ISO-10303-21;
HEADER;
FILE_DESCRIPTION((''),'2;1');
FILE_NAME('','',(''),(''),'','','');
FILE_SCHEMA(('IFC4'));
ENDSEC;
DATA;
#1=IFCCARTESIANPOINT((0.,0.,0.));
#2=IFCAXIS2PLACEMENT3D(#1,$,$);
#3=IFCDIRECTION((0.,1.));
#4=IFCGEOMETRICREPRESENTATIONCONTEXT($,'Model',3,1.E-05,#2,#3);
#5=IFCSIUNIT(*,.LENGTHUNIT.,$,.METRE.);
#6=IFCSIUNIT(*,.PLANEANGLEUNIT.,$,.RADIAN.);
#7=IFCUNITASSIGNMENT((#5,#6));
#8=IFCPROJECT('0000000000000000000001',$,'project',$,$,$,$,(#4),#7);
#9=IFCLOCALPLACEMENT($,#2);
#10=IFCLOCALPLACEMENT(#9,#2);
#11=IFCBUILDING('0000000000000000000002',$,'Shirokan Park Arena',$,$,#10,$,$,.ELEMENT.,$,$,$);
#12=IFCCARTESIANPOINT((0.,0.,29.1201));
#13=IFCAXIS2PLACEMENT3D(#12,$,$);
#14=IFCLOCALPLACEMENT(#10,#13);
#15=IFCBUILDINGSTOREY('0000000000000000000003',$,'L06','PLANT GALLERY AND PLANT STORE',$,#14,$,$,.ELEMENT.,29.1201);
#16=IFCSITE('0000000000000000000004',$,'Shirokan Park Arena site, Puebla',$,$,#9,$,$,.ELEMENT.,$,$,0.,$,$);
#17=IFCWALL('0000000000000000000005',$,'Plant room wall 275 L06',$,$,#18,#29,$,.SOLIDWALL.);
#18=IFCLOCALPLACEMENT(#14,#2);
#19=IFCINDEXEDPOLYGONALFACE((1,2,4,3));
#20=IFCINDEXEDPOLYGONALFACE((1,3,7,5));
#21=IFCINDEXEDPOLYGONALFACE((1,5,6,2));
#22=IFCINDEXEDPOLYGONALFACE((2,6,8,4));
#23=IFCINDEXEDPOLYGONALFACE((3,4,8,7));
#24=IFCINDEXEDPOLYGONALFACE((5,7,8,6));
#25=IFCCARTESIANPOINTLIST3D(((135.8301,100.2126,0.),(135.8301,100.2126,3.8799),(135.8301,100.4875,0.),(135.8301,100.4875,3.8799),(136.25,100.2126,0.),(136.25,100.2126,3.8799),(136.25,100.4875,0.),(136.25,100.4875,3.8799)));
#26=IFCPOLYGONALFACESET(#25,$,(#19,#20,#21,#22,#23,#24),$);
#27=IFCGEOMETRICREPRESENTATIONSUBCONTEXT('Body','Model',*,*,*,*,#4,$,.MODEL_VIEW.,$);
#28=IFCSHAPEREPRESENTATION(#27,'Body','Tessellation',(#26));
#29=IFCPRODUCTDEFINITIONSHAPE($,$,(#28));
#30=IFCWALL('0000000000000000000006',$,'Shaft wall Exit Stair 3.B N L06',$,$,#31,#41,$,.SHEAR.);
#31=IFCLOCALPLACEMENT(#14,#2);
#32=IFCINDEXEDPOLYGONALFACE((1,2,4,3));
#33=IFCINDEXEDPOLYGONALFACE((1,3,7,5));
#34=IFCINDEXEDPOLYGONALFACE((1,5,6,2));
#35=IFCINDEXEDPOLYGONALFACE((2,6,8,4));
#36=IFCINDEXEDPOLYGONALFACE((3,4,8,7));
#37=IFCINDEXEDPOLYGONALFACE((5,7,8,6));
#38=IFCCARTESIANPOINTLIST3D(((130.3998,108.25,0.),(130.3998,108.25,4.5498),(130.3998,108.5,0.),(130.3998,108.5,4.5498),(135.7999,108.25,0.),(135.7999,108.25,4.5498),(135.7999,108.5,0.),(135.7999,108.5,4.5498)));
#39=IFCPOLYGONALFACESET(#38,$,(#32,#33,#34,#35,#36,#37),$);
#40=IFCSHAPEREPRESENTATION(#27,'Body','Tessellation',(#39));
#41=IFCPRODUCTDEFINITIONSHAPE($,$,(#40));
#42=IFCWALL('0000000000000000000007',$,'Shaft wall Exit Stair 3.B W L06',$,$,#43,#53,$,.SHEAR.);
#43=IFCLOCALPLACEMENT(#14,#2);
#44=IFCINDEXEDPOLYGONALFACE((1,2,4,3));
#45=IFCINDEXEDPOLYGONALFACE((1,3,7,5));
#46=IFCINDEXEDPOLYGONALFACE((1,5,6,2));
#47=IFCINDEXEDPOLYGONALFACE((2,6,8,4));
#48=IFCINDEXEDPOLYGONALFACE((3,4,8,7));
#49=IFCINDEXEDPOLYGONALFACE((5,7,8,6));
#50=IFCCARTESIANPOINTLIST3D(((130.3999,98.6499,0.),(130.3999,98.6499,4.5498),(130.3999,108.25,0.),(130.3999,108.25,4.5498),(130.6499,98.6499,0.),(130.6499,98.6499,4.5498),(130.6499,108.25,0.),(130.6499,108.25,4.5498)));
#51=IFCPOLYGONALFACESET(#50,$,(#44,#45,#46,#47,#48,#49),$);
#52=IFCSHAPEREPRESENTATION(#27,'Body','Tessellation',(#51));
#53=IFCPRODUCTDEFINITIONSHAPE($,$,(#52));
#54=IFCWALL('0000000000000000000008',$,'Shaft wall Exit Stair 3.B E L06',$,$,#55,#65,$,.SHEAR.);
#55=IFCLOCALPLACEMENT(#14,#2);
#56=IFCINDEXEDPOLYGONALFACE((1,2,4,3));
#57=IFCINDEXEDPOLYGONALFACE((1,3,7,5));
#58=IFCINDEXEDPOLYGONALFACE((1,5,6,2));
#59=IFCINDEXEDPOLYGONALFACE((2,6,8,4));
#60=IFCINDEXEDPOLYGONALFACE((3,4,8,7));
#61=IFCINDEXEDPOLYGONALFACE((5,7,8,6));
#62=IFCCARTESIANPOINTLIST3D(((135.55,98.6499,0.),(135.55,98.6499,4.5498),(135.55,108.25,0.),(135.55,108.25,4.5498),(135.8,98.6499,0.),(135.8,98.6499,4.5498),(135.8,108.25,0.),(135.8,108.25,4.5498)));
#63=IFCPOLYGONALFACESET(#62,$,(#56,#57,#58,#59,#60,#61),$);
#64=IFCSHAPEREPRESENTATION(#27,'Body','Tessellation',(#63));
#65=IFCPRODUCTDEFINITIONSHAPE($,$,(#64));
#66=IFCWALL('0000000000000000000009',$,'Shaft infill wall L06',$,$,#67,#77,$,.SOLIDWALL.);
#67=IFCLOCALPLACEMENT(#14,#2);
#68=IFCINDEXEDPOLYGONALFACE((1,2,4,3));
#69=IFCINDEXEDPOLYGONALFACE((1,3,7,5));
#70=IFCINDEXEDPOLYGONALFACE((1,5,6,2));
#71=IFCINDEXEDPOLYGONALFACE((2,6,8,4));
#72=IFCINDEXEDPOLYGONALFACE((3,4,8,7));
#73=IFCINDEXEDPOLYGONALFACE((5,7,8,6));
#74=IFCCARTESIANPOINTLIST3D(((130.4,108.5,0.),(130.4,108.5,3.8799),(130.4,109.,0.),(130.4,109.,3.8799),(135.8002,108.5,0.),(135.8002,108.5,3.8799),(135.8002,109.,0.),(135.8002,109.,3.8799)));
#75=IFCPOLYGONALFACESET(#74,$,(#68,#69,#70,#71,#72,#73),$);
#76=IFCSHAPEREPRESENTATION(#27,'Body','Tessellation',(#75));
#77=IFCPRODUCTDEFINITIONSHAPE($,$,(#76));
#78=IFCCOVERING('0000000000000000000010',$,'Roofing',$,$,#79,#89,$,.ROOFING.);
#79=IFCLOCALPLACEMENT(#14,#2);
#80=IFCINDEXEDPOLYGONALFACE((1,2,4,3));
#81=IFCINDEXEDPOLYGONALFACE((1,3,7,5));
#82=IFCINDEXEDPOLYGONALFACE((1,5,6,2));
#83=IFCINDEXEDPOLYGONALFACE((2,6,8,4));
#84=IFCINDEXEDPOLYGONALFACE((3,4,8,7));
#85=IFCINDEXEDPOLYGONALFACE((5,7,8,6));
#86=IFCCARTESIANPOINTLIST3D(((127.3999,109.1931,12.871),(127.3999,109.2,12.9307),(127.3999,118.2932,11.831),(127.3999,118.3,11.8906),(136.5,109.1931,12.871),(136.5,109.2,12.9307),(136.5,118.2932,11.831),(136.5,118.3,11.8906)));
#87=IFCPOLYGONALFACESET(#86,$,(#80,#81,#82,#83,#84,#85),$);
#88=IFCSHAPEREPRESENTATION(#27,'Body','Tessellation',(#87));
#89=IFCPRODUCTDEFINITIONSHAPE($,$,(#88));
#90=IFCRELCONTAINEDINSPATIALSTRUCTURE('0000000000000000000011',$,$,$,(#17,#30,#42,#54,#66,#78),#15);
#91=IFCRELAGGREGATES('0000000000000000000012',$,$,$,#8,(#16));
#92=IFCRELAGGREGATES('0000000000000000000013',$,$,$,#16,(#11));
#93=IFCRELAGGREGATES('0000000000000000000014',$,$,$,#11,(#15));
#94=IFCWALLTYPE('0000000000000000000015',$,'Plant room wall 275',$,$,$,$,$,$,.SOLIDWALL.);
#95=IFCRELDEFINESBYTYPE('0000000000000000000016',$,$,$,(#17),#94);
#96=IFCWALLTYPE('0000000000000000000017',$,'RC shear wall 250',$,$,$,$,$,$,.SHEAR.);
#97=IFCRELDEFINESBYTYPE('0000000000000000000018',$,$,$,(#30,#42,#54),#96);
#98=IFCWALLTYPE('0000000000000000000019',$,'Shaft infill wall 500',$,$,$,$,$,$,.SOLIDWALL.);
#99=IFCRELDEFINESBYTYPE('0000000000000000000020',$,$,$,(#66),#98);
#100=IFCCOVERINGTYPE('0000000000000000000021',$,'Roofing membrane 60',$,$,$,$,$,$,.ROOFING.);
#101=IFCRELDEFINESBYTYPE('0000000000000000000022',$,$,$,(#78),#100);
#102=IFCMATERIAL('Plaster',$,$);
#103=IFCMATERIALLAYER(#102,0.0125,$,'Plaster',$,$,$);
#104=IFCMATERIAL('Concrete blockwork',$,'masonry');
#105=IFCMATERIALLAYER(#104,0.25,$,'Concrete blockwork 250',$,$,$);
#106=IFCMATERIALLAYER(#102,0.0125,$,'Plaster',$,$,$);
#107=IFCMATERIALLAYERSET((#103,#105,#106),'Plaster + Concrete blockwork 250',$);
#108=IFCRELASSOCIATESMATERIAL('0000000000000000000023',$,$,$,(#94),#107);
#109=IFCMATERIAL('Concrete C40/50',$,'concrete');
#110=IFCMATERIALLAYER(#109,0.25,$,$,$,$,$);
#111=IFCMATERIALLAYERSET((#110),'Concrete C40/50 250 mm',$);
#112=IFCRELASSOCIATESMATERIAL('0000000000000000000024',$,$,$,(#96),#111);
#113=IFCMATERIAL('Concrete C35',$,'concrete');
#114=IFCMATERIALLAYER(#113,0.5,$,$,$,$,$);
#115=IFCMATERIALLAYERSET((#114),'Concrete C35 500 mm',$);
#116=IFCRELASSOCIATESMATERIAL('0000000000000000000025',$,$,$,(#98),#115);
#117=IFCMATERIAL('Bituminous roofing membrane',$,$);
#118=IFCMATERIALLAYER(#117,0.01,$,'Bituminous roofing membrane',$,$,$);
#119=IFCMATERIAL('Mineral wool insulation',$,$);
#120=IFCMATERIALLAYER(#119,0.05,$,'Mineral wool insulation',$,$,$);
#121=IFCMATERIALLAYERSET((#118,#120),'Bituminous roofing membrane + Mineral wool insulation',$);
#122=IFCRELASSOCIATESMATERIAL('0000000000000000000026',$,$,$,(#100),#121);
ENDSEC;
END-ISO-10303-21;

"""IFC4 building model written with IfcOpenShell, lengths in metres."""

from ifc_helpers import new_model, si_unit, direction, frame, frame_2d, origin, place, context, subcontext, project, spatial, polyline, rectangle, outline, extrude, material, layer, layer_set, type_object, element, save


model = new_model("IFC4")

# Units and contexts
model_context = context("Model", 3, precision=1e-05, world=origin(), true_north=direction((0.0, 1.0)))
body_context = subcontext(model_context, "Body", "Model", "MODEL_VIEW")
ifc_project = project(units=[si_unit("LENGTHUNIT", "METRE"), si_unit("PLANEANGLEUNIT", "RADIAN")], contexts=[model_context])

# Site, building, storey
site_placement = place(None, origin())
site = spatial("IfcSite", under=ifc_project, at=site_placement, Name="Shirokan Park Arena site, Puebla", CompositionType="ELEMENT", RefElevation=0.0)
building_placement = place(site_placement, origin())
building = spatial("IfcBuilding", under=site, at=building_placement, Name="Shirokan Park Arena", CompositionType="ELEMENT")
storey_placement = place(building_placement, frame((0.0, 0.0, 29.1201)))
storey = spatial("IfcBuildingStorey", under=building, at=storey_placement, Name="L06", Description="PLANT GALLERY AND PLANT STORE", CompositionType="ELEMENT", Elevation=29.1201)

# Shared definitions
ifc_material_1 = material(Name="Concrete C35", Category="concrete")

# Walls
ifc_material_2 = material(Name="Mineral wool insulation")
ifc_material_3 = material(Name="Plaster")
ifc_layer_1 = layer(ifc_material_3, 0.0125, Name="Plaster")
ifc_material_4 = material(Name="Concrete blockwork", Category="masonry")
ifc_layer_2 = layer(ifc_material_4, 0.25, Name="Concrete blockwork 250")
ifc_layer_3 = layer(ifc_material_3, 0.0125, Name="Plaster")
ifc_layer_set_1 = layer_set([ifc_layer_1, ifc_layer_2, ifc_layer_3], Name="Plaster + Concrete blockwork 250")
wall_type_1 = type_object("IfcWallType", Name="Plant room wall 275", PredefinedType="SOLIDWALL", material=ifc_layer_set_1)
wall_1_placement = place(storey_placement, frame((136.25, 100.3501, 0.0), z_axis=(0.0, 0.0, 1.0), x_axis=(-1.0, 0.0, 0.0)))
element("IfcWall", 1, at=wall_1_placement, inside=storey, type_object=wall_type_1, Name="Plant room wall 275 L06", PredefinedType="SOLIDWALL", context=body_context, shape_type="SweptSolid", body=[
    extrude(rectangle(XDim=0.4199, YDim=0.2749, at=frame_2d((0.21, 0.0))), origin(), (0.0, 0.0, 1.0), 3.8799),
])
ifc_material_5 = material(Name="Concrete C40/50", Category="concrete")
ifc_layer_4 = layer(ifc_material_5, 0.25)
ifc_layer_set_2 = layer_set([ifc_layer_4], Name="Concrete C40/50 250 mm")
wall_type_2 = type_object("IfcWallType", Name="RC shear wall 250", PredefinedType="SHEAR", material=ifc_layer_set_2)
wall_2_placement = place(storey_placement, frame((135.8, 108.375, 0.0), z_axis=(0.0, 0.0, 1.0), x_axis=(-1.0, 0.0, 0.0)))
element("IfcWall", 2, at=wall_2_placement, inside=storey, type_object=wall_type_2, Name="Shaft wall Exit Stair 3.B N L06", PredefinedType="SHEAR", context=body_context, shape_type="SweptSolid", body=[
    extrude(rectangle(XDim=5.4001, YDim=0.25, at=frame_2d((2.7002, 0.0))), origin(), (0.0, 0.0, 1.0), 4.5498),
])
for number, where, z_axis, x_axis, name in (
    (3, (130.5249, 108.25, 0.0), (0.0, 0.0, 1.0), (0.0, -1.0, 0.0), "Shaft wall Exit Stair 3.B W L06"),
    (4, (135.675, 108.25, 0.0), (0.0, 0.0, 1.0), (0.0, -1.0, 0.0), "Shaft wall Exit Stair 3.B E L06"),
):
    element("IfcWall", number, at=place(storey_placement, frame(where, z_axis=z_axis, x_axis=x_axis)), inside=storey, type_object=wall_type_2, Name=name, PredefinedType="SHEAR", context=body_context, shape_type="SweptSolid", body=[
        extrude(rectangle(XDim=9.6001, YDim=0.25, at=frame_2d((4.8, 0.0))), origin(), (0.0, 0.0, 1.0), 4.5498),
    ])
ifc_layer_5 = layer(ifc_material_1, 0.5)
ifc_layer_set_3 = layer_set([ifc_layer_5], Name="Concrete C35 500 mm")
wall_type_3 = type_object("IfcWallType", Name="Shaft infill wall 500", PredefinedType="SOLIDWALL", material=ifc_layer_set_3)
wall_3_placement = place(storey_placement, frame((130.3999, 108.75, 0.0), z_axis=(0.0, 0.0, 1.0), x_axis=(1.0, 0.0, 0.0)))
element("IfcWall", 5, at=wall_3_placement, inside=storey, type_object=wall_type_3, Name="Shaft infill wall L06", PredefinedType="SOLIDWALL", context=body_context, shape_type="SweptSolid", body=[
    extrude(rectangle(XDim=5.4001, YDim=0.5, at=frame_2d((2.7002, 0.0))), origin(), (0.0, 0.0, 1.0), 3.8799),
])

# Covering
ifc_material_6 = material(Name="Bituminous roofing membrane")
ifc_layer_6 = layer(ifc_material_6, 0.01, Name="Bituminous roofing membrane")
ifc_layer_7 = layer(ifc_material_2, 0.05, Name="Mineral wool insulation")
ifc_layer_set_4 = layer_set([ifc_layer_6, ifc_layer_7], Name="Bituminous roofing membrane + Mineral wool insulation")
covering_type = type_object("IfcCoveringType", Name="Roofing membrane 60", PredefinedType="ROOFING", material=ifc_layer_set_4)
covering_placement = place(storey_placement, frame((127.3999, 109.2, 12.9307), z_axis=(0.0, 0.11355, 0.993532), x_axis=(1.0, 0.0, 0.0)))
element("IfcCovering", 6, at=covering_placement, inside=storey, type_object=covering_type, Name="Roofing", PredefinedType="ROOFING", context=body_context, shape_type="SweptSolid", body=[
    extrude(outline(polyline([(0.0, 0.0), (9.1001, 0.0), (9.1001, 9.1593), (0.0, 9.1593), (0.0, 0.0)])), origin(), (0.0, 0.0, -1.0), 0.0601),
])

save(model, "model.ifc")
